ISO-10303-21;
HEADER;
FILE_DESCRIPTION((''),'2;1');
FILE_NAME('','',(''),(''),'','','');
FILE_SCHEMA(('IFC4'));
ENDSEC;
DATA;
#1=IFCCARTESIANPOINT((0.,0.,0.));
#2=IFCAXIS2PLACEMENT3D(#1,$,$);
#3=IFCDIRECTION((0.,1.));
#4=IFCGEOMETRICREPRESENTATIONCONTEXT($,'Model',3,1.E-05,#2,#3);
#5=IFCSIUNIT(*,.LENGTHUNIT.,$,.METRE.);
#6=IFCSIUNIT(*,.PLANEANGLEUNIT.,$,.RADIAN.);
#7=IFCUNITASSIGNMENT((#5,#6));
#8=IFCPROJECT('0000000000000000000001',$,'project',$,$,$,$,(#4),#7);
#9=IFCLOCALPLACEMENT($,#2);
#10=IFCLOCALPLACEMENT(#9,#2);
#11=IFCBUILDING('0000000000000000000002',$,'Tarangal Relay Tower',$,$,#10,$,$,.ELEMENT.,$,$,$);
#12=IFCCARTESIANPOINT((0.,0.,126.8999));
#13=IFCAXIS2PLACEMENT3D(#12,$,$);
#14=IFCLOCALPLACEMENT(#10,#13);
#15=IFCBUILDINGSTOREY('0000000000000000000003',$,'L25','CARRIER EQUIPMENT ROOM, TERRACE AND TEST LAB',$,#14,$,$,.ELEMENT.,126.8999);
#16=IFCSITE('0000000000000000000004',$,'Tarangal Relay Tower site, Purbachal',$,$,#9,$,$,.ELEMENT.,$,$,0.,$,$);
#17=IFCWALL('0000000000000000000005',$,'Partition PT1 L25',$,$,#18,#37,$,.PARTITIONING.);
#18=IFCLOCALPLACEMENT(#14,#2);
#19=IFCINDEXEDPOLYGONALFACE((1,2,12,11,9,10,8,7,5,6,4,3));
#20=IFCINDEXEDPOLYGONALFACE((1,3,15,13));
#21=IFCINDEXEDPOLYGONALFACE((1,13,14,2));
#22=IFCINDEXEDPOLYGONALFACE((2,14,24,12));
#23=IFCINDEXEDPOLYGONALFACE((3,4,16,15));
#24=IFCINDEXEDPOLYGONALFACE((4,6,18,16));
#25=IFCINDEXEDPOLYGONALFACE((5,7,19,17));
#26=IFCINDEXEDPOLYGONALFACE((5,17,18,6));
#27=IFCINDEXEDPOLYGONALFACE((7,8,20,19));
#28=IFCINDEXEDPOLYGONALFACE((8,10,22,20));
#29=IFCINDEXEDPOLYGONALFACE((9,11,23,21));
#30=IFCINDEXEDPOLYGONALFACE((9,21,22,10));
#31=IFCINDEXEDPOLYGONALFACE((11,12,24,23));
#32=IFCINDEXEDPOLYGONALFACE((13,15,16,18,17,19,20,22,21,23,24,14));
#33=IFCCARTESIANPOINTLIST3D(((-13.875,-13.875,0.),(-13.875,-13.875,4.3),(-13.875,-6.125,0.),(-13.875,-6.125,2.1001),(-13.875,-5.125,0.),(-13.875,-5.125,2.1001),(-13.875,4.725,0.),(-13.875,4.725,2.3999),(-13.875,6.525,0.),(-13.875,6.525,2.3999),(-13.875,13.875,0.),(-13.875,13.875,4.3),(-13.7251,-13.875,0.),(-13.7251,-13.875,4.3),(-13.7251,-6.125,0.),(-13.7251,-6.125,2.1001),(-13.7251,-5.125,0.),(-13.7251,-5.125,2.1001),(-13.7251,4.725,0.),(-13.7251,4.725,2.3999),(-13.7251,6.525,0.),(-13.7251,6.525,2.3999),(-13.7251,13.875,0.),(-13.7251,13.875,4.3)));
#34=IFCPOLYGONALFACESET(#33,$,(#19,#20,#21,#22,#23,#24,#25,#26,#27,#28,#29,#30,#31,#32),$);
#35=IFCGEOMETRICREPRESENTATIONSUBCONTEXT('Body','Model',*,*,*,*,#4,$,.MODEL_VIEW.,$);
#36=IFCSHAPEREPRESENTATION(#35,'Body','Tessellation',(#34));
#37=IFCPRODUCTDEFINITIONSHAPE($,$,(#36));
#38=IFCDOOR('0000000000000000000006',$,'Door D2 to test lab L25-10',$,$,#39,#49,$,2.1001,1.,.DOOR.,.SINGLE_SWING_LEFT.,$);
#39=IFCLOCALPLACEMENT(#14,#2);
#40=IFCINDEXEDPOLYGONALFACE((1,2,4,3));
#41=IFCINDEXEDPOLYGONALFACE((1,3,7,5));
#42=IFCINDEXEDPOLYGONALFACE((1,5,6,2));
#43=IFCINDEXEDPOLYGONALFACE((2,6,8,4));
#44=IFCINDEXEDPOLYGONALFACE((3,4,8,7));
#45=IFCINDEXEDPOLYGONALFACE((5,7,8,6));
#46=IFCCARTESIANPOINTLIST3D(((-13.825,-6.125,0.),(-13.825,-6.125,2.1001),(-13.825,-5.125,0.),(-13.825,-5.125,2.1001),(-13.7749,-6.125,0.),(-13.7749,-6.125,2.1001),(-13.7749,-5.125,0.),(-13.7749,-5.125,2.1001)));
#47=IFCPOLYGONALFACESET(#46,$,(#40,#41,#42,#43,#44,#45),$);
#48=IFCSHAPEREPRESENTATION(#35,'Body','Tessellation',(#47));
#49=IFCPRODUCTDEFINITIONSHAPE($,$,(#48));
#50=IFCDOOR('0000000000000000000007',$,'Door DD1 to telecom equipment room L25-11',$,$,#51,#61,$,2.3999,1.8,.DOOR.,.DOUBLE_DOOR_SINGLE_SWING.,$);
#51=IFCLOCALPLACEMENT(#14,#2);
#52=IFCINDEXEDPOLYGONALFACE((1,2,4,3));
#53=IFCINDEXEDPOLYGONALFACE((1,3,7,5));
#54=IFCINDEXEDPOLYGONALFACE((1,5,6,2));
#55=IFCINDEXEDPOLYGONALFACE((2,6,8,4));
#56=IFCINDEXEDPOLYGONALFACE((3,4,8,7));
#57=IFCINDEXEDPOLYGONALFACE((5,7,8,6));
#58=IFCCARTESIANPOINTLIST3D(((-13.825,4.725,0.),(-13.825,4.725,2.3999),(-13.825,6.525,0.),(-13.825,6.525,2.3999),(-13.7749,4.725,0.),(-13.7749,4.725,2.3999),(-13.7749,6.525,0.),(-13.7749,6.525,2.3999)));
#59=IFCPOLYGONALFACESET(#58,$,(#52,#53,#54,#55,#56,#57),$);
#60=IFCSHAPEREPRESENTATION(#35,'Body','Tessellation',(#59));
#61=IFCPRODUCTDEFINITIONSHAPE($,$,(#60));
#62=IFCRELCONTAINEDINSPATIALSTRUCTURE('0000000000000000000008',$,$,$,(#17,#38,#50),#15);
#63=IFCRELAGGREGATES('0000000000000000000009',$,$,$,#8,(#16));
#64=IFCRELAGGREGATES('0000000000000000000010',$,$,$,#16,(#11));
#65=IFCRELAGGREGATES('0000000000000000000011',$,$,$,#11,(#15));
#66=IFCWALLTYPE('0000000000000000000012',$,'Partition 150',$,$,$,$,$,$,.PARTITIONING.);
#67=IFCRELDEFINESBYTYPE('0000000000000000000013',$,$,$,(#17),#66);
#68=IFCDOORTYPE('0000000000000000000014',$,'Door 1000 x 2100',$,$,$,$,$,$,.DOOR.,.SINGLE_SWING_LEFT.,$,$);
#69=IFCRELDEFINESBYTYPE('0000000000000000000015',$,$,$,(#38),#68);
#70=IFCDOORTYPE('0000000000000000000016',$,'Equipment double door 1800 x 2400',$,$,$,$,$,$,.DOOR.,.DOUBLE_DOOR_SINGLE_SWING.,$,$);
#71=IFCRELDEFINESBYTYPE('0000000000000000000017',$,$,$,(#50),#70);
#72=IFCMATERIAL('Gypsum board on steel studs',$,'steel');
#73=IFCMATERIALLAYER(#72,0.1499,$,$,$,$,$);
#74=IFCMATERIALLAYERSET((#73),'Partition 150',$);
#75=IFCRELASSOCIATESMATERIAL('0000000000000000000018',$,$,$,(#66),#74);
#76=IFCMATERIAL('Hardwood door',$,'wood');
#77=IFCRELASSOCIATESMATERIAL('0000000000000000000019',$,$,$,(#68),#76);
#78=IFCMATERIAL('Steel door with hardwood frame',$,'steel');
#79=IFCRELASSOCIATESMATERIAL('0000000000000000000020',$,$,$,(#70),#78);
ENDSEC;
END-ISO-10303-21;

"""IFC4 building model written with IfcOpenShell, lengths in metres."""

from ifc_helpers import new_model, si_unit, direction, frame, frame_2d, origin, place, context, subcontext, project, spatial, rectangle, extrude, material, layer, layer_set, type_object, element, fill, save


model = new_model("IFC4")

# Units and contexts
model_context = context("Model", 3, precision=1e-05, world=origin(), true_north=direction((0.0, 1.0)))
body_context = subcontext(model_context, "Body", "Model", "MODEL_VIEW")
ifc_project = project(units=[si_unit("LENGTHUNIT", "METRE"), si_unit("PLANEANGLEUNIT", "RADIAN")], contexts=[model_context])

# Site, building, storey
site_placement = place(None, origin())
site = spatial("IfcSite", under=ifc_project, at=site_placement, Name="Tarangal Relay Tower site, Purbachal", CompositionType="ELEMENT", RefElevation=0.0)
building_placement = place(site_placement, origin())
building = spatial("IfcBuilding", under=site, at=building_placement, Name="Tarangal Relay Tower", CompositionType="ELEMENT")
storey_placement = place(building_placement, frame((0.0, 0.0, 126.8999)))
storey = spatial("IfcBuildingStorey", under=building, at=storey_placement, Name="L25", Description="CARRIER EQUIPMENT ROOM, TERRACE AND TEST LAB", CompositionType="ELEMENT", Elevation=126.8999)

# Wall, openings, doors
ifc_material_1 = material(Name="Gypsum board on steel studs", Category="steel")
ifc_layer_1 = layer(ifc_material_1, 0.1499)
ifc_layer_set_1 = layer_set([ifc_layer_1], Name="Partition 150")
wall_type_1 = type_object("IfcWallType", Name="Partition 150", PredefinedType="PARTITIONING", material=ifc_layer_set_1)
ifc_material_2 = material(Name="Hardwood door", Category="wood")
door_type_1 = type_object("IfcDoorType", Name="Door 1000 x 2100", OperationType="SINGLE_SWING_LEFT", PredefinedType="DOOR", material=ifc_material_2)
ifc_material_3 = material(Name="Steel door with hardwood frame", Category="steel")
door_type_2 = type_object("IfcDoorType", Name="Equipment double door 1800 x 2400", OperationType="DOUBLE_DOOR_SINGLE_SWING", PredefinedType="DOOR", material=ifc_material_3)
wall_1_placement = place(storey_placement, frame((-13.8, -13.875, 0.0), z_axis=(0.0, 0.0, 1.0), x_axis=(0.0, 1.0, 0.0)))
wall_1 = element("IfcWall", 1, at=wall_1_placement, inside=storey, type_object=wall_type_1, Name="Partition PT1 L25", PredefinedType="PARTITIONING", context=body_context, shape_type="SweptSolid", body=[
    extrude(rectangle(XDim=27.75, YDim=0.1499, at=frame_2d((13.875, 0.0))), origin(), (0.0, 0.0, 1.0), 4.3),
])
opening_1_placement = place(wall_1_placement, frame((7.75, 0.0, 0.0)))
opening_1 = element("IfcOpeningElement", 2, at=opening_1_placement, cuts=wall_1, PredefinedType="OPENING", context=body_context, shape_type="SweptSolid", body=[
    extrude(rectangle(XDim=1.0, YDim=2.1001, at=frame_2d((0.5, 1.05))), frame((0.0, 0.085, 0.0), z_axis=(0.0, -1.0, 0.0), x_axis=(1.0, 0.0, 0.0)), (0.0, 0.0, 1.0), 0.1699),
])
opening_2_placement = place(wall_1_placement, frame((18.6001, 0.0, 0.0)))
opening_2 = element("IfcOpeningElement", 3, at=opening_2_placement, cuts=wall_1, PredefinedType="OPENING", context=body_context, shape_type="SweptSolid", body=[
    extrude(rectangle(XDim=1.8, YDim=2.3999, at=frame_2d((0.8999, 1.2))), frame((0.0, 0.085, 0.0), z_axis=(0.0, -1.0, 0.0), x_axis=(1.0, 0.0, 0.0)), (0.0, 0.0, 1.0), 0.1699),
])
door_1_placement = place(opening_1_placement, origin())
door_1 = element("IfcDoor", 4, at=door_1_placement, inside=storey, type_object=door_type_1, Name="Door D2 to test lab L25-10", OperationType="SINGLE_SWING_LEFT", OverallHeight=2.1001, OverallWidth=1.0, PredefinedType="DOOR", context=body_context, shape_type="SweptSolid", body=[
    extrude(rectangle(XDim=1.0, YDim=2.1001, at=frame_2d((0.5, 1.05))), frame((0.0, 0.0249, 0.0), z_axis=(0.0, -1.0, 0.0), x_axis=(1.0, 0.0, 0.0)), (0.0, 0.0, 1.0), 0.05),
])
fill(opening_1, door_1)
door_2_placement = place(opening_2_placement, origin())
door_2 = element("IfcDoor", 5, at=door_2_placement, inside=storey, type_object=door_type_2, Name="Door DD1 to telecom equipment room L25-11", OperationType="DOUBLE_DOOR_SINGLE_SWING", OverallHeight=2.3999, OverallWidth=1.8, PredefinedType="DOOR", context=body_context, shape_type="SweptSolid", body=[
    extrude(rectangle(XDim=1.8, YDim=2.3999, at=frame_2d((0.8999, 1.2))), frame((0.0, 0.0249, 0.0), z_axis=(0.0, -1.0, 0.0), x_axis=(1.0, 0.0, 0.0)), (0.0, 0.0, 1.0), 0.05),
])
fill(opening_2, door_2)

save(model, "model.ifc")
